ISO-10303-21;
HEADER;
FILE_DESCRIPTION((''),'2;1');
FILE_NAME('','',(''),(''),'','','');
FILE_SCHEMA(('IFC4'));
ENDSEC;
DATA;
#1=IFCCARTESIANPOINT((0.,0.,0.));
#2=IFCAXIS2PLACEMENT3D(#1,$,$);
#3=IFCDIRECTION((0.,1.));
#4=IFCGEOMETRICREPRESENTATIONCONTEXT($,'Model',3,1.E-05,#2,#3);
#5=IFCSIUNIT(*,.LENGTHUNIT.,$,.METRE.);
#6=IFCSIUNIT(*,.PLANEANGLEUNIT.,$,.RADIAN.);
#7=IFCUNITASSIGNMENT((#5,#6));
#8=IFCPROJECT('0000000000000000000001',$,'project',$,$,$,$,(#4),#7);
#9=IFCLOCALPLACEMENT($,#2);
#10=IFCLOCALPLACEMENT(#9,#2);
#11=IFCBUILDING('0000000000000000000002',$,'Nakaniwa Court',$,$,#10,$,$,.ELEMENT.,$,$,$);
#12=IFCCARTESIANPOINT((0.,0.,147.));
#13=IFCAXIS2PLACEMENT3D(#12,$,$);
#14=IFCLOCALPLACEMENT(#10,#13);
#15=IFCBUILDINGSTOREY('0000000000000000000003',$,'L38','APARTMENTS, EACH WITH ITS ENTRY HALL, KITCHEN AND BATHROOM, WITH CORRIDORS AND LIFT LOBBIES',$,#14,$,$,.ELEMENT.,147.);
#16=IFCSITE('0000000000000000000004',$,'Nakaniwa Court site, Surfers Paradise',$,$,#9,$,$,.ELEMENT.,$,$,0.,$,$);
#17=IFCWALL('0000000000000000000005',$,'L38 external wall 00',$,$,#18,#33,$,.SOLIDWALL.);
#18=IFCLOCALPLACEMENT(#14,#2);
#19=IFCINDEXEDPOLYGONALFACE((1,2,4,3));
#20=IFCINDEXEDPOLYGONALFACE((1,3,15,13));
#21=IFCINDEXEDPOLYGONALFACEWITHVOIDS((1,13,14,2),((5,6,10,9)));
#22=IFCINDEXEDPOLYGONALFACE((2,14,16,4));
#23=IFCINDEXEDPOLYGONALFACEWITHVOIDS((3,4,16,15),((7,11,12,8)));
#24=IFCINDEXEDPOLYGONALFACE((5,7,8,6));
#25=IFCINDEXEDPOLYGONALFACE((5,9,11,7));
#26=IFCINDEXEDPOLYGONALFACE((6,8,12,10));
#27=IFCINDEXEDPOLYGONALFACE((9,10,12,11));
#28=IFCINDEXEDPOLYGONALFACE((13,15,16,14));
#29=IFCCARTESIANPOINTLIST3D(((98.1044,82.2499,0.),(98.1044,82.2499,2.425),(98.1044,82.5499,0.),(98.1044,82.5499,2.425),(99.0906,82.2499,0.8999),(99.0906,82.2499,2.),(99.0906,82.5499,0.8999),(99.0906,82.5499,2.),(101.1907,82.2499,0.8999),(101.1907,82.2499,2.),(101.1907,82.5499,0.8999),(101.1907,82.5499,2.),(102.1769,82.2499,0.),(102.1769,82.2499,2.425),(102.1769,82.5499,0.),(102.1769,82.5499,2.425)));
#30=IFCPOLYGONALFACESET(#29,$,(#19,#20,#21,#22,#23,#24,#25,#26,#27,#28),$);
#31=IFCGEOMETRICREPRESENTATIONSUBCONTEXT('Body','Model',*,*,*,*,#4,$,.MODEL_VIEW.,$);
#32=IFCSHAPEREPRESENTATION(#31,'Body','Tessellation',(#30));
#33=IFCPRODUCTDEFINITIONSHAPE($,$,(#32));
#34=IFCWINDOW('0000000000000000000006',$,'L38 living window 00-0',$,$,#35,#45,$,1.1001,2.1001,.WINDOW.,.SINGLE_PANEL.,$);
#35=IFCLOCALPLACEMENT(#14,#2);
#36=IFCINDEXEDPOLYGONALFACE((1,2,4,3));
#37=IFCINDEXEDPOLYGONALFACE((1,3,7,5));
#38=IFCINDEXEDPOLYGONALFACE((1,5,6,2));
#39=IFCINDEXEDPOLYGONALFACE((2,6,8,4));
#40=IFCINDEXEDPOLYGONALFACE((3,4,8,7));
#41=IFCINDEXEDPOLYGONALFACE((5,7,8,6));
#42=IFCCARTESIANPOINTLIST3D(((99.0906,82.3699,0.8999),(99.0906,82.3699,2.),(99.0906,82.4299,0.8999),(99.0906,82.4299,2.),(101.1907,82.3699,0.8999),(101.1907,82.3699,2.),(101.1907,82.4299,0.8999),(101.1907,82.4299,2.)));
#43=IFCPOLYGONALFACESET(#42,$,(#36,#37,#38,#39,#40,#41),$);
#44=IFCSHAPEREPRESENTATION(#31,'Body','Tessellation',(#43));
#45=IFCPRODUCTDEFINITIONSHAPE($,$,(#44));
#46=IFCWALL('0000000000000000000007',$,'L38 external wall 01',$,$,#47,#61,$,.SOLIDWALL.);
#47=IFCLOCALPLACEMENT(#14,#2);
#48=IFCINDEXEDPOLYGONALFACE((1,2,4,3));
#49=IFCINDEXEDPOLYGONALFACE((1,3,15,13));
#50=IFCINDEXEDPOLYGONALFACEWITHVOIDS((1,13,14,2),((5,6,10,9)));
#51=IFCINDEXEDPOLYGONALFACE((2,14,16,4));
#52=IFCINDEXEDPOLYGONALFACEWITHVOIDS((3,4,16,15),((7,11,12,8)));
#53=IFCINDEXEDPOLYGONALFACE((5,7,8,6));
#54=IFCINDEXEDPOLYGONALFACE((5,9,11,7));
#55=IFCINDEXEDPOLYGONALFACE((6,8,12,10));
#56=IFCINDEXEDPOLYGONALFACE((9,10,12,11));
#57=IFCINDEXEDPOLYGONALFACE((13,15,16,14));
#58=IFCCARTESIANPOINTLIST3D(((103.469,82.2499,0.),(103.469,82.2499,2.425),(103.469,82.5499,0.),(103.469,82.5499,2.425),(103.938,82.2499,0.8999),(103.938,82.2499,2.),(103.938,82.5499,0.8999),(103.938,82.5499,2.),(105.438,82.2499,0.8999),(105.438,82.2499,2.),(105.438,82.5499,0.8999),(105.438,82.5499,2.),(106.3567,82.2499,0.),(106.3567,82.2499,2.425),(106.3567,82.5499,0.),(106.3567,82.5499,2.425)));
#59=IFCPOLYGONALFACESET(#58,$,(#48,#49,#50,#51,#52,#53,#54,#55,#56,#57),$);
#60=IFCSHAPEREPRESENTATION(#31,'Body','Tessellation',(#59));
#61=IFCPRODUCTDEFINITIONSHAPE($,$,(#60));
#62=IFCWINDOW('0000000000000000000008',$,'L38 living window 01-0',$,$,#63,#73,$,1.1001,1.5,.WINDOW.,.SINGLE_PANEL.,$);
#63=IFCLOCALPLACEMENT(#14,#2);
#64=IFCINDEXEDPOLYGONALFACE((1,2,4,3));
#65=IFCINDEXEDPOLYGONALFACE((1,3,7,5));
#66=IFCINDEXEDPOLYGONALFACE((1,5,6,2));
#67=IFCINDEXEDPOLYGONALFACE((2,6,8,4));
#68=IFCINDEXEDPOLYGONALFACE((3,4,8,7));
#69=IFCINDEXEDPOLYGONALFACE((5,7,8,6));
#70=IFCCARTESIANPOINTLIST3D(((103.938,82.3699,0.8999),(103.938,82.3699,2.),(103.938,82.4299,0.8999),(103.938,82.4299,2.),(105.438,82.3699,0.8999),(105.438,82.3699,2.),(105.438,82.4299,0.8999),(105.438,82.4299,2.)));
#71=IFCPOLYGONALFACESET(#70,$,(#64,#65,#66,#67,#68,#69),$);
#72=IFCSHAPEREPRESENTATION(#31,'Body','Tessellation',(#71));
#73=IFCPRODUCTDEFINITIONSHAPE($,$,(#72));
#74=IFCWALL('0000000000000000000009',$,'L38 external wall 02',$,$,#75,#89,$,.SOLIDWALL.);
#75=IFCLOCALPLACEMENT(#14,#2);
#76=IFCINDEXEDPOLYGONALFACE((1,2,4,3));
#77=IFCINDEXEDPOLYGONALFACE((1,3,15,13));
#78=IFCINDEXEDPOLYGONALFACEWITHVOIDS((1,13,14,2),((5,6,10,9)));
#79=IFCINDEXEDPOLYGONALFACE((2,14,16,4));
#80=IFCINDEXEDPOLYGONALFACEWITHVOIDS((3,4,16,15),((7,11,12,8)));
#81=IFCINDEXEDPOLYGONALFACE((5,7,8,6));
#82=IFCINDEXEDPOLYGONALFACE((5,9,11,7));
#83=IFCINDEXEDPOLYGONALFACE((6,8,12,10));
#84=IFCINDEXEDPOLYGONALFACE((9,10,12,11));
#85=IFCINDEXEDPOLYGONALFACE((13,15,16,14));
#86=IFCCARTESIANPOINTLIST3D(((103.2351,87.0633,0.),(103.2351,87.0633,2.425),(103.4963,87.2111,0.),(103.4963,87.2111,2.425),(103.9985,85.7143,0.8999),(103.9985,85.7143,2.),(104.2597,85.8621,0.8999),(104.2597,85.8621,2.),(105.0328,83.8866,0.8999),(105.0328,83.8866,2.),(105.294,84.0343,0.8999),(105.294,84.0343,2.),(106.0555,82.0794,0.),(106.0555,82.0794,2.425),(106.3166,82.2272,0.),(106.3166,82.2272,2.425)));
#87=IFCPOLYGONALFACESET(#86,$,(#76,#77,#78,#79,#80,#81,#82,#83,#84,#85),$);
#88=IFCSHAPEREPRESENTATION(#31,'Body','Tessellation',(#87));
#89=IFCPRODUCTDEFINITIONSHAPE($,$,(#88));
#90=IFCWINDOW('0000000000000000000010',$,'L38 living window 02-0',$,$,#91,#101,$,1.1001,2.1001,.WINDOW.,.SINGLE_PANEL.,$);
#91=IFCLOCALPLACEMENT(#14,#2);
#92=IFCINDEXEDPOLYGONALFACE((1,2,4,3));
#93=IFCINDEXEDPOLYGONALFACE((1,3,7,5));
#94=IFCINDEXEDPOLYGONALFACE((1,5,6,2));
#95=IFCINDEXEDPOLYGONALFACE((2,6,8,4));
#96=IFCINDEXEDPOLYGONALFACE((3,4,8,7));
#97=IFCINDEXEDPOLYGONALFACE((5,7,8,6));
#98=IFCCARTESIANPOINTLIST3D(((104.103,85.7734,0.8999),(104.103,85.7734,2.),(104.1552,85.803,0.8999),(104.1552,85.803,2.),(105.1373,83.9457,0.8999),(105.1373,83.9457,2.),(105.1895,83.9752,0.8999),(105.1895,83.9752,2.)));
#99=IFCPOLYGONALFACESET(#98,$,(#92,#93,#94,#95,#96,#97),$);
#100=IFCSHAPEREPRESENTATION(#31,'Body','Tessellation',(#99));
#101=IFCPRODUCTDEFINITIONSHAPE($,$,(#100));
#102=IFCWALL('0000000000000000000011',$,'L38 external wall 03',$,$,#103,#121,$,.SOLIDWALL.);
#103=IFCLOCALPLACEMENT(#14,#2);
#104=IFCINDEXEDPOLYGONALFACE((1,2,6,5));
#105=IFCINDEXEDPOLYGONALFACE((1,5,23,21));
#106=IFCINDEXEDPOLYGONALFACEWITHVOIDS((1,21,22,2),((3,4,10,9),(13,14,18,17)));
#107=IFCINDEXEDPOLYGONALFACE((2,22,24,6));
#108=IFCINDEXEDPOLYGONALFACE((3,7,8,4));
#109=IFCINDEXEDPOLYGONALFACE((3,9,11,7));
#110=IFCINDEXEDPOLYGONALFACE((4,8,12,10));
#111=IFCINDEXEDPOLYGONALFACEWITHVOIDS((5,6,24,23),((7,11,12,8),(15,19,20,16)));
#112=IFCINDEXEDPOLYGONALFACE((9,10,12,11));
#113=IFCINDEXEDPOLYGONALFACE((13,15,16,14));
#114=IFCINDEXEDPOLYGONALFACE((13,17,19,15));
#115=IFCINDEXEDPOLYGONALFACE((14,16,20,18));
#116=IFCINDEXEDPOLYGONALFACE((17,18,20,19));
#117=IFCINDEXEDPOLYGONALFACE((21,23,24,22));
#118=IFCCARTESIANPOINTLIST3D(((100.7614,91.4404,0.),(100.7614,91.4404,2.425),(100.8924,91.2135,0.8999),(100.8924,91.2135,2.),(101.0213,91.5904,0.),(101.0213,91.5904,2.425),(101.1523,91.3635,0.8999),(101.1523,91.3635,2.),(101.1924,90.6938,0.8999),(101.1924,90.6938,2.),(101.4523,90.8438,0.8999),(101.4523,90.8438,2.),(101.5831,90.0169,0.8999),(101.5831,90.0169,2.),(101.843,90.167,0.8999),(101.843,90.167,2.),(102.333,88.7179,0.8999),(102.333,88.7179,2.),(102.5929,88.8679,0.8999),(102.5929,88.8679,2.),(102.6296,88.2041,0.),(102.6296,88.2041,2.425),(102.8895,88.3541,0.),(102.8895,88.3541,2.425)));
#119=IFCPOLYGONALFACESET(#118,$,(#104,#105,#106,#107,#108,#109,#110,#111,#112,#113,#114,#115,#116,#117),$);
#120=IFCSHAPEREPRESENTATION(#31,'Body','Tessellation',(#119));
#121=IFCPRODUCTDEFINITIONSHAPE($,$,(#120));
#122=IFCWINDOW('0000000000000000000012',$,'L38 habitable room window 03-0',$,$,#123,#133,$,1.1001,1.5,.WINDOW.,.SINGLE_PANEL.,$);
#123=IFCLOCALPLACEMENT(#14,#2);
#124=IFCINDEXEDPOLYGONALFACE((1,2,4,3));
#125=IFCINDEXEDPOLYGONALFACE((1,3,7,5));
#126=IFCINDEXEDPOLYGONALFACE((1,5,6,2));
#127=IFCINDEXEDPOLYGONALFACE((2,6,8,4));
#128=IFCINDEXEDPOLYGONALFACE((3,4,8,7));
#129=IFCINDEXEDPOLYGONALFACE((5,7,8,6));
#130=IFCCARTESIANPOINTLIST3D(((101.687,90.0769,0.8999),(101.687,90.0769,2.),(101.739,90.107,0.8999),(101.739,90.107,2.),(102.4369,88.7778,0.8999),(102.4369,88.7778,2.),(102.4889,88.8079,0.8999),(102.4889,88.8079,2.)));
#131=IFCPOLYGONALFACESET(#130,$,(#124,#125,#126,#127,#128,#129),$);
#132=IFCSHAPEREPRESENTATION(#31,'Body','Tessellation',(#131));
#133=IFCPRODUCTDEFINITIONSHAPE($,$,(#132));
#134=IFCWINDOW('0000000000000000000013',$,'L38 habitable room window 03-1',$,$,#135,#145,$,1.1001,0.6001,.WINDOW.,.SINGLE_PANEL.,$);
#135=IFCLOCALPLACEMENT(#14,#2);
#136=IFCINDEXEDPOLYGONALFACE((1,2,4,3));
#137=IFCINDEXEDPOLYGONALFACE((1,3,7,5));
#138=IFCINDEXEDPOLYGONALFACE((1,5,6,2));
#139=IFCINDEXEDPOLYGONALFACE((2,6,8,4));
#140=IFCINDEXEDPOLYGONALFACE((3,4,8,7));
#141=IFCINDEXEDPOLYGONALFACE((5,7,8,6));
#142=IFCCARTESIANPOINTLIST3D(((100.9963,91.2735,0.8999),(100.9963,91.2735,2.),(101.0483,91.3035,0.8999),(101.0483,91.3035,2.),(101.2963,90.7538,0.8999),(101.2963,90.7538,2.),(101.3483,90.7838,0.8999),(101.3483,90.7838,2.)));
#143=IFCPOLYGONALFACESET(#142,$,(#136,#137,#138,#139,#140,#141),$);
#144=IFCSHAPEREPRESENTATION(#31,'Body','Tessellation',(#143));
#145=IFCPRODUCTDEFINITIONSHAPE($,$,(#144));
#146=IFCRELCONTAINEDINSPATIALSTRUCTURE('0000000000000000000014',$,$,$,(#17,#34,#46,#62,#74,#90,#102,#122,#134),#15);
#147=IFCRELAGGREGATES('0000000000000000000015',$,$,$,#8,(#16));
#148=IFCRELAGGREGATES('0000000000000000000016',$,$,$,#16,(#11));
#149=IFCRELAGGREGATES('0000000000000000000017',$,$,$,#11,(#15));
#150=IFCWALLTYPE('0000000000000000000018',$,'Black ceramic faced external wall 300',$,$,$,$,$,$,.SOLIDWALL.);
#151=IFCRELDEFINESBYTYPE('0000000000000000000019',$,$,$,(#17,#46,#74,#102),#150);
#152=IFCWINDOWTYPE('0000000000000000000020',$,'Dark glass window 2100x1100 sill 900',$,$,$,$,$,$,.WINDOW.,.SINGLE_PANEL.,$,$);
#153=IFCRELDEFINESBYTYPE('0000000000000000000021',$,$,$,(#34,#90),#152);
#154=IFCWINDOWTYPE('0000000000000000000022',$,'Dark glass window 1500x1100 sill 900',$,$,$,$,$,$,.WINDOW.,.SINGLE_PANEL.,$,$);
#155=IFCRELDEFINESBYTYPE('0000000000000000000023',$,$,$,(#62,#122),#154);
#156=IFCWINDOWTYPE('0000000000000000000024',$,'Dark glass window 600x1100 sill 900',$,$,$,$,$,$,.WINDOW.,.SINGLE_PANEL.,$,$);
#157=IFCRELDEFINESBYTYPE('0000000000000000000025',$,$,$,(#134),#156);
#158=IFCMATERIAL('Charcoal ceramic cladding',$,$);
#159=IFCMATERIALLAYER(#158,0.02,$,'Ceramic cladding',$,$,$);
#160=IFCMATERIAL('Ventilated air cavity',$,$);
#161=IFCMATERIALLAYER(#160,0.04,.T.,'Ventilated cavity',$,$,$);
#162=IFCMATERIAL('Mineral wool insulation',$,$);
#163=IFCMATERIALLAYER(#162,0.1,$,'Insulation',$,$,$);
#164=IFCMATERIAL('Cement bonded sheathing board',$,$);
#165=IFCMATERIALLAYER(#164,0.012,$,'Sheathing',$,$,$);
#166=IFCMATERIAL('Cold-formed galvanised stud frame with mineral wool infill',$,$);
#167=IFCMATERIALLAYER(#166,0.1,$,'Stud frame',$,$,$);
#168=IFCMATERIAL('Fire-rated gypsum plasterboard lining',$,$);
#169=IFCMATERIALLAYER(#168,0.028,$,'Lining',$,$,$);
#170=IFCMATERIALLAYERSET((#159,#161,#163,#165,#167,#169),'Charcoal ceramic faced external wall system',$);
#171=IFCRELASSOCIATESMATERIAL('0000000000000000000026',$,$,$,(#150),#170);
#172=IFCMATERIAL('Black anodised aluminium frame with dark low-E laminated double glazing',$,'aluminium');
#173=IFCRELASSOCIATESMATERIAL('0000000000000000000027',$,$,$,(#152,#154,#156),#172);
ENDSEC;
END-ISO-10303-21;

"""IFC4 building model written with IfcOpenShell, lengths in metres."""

from ifc_helpers import new_model, si_unit, direction, frame, frame_2d, origin, place, context, subcontext, project, spatial, rectangle, extrude, material, layer, layer_set, type_object, element, fill, save


model = new_model("IFC4")

# Units and contexts
model_context = context("Model", 3, precision=1e-05, world=origin(), true_north=direction((0.0, 1.0)))
body_context = subcontext(model_context, "Body", "Model", "MODEL_VIEW")
ifc_project = project(units=[si_unit("LENGTHUNIT", "METRE"), si_unit("PLANEANGLEUNIT", "RADIAN")], contexts=[model_context])

# Site, building, storey
site_placement = place(None, origin())
site = spatial("IfcSite", under=ifc_project, at=site_placement, Name="Nakaniwa Court site, Surfers Paradise", CompositionType="ELEMENT", RefElevation=0.0)
building_placement = place(site_placement, origin())
building = spatial("IfcBuilding", under=site, at=building_placement, Name="Nakaniwa Court", CompositionType="ELEMENT")
storey_placement = place(building_placement, frame((0.0, 0.0, 147.0)))
storey = spatial("IfcBuildingStorey", under=building, at=storey_placement, Name="L38", Description="APARTMENTS, EACH WITH ITS ENTRY HALL, KITCHEN AND BATHROOM, WITH CORRIDORS AND LIFT LOBBIES", CompositionType="ELEMENT", Elevation=147.0)

# Walls, openings, windows
ifc_material_1 = material(Name="Charcoal ceramic cladding")
ifc_layer_1 = layer(ifc_material_1, 0.02, Name="Ceramic cladding")
ifc_material_2 = material(Name="Ventilated air cavity")
ifc_layer_2 = layer(ifc_material_2, 0.04, ventilated=True, Name="Ventilated cavity")
ifc_material_3 = material(Name="Mineral wool insulation")
ifc_layer_3 = layer(ifc_material_3, 0.1, Name="Insulation")
ifc_material_4 = material(Name="Cement bonded sheathing board")
ifc_layer_4 = layer(ifc_material_4, 0.012, Name="Sheathing")
ifc_material_5 = material(Name="Cold-formed galvanised stud frame with mineral wool infill")
ifc_layer_5 = layer(ifc_material_5, 0.1, Name="Stud frame")
ifc_material_6 = material(Name="Fire-rated gypsum plasterboard lining")
ifc_layer_6 = layer(ifc_material_6, 0.028, Name="Lining")
ifc_layer_set_1 = layer_set([ifc_layer_1, ifc_layer_2, ifc_layer_3, ifc_layer_4, ifc_layer_5, ifc_layer_6], Name="Charcoal ceramic faced external wall system")
wall_type_1 = type_object("IfcWallType", Name="Black ceramic faced external wall 300", PredefinedType="SOLIDWALL", material=ifc_layer_set_1)
wall_1_placement = place(storey_placement, frame((98.1045, 82.3999, 0.0), z_axis=(0.0, 0.0, 1.0), x_axis=(1.0, 0.0, 0.0)))
wall_1 = element("IfcWall", 1, at=wall_1_placement, inside=storey, type_object=wall_type_1, Name="L38 external wall 00", PredefinedType="SOLIDWALL", context=body_context, shape_type="SweptSolid", body=[
    extrude(rectangle(XDim=4.0725, YDim=0.3, at=frame_2d((2.0361, 0.0))), origin(), (0.0, 0.0, 1.0), 2.425),
])
opening_1_placement = place(wall_1_placement, frame((0.9861, 0.0, 0.8999)))
opening_1 = element("IfcOpeningElement", 2, at=opening_1_placement, cuts=wall_1, PredefinedType="OPENING", context=body_context, shape_type="SweptSolid", body=[
    extrude(rectangle(XDim=2.1001, YDim=1.1001, at=frame_2d((1.05, 0.55))), frame((0.0, 0.1599, 0.0), z_axis=(0.0, -1.0, 0.0), x_axis=(1.0, 0.0, 0.0)), (0.0, 0.0, 1.0), 0.3201),
])
ifc_material_7 = material(Name="Black anodised aluminium frame with dark low-E laminated double glazing", Category="aluminium")
window_type_1 = type_object("IfcWindowType", Name="Dark glass window 2100x1100 sill 900", PartitioningType="SINGLE_PANEL", PredefinedType="WINDOW", material=ifc_material_7)
window_1_placement = place(opening_1_placement, origin())
window_1 = element("IfcWindow", 3, at=window_1_placement, inside=storey, type_object=window_type_1, Name="L38 living window 00-0", OverallHeight=1.1001, OverallWidth=2.1001, PartitioningType="SINGLE_PANEL", PredefinedType="WINDOW", context=body_context, shape_type="SweptSolid", body=[
    extrude(rectangle(XDim=2.1001, YDim=1.1001, at=frame_2d((1.05, 0.55))), frame((0.0, 0.03, 0.0), z_axis=(0.0, -1.0, 0.0), x_axis=(1.0, 0.0, 0.0)), (0.0, 0.0, 1.0), 0.0601),
])
fill(opening_1, window_1)
wall_2_placement = place(storey_placement, frame((103.469, 82.3999, 0.0), z_axis=(0.0, 0.0, 1.0), x_axis=(1.0, 0.0, 0.0)))
wall_2 = element("IfcWall", 4, at=wall_2_placement, inside=storey, type_object=wall_type_1, Name="L38 external wall 01", PredefinedType="SOLIDWALL", context=body_context, shape_type="SweptSolid", body=[
    extrude(rectangle(XDim=2.8877, YDim=0.3, at=frame_2d((1.4438, 0.0))), origin(), (0.0, 0.0, 1.0), 2.425),
])
opening_2_placement = place(wall_2_placement, frame((0.469, 0.0, 0.8999)))
opening_2 = element("IfcOpeningElement", 5, at=opening_2_placement, cuts=wall_2, PredefinedType="OPENING", context=body_context, shape_type="SweptSolid", body=[
    extrude(rectangle(XDim=1.5, YDim=1.1001, at=frame_2d((0.75, 0.55))), frame((0.0, 0.1599, 0.0), z_axis=(0.0, -1.0, 0.0), x_axis=(1.0, 0.0, 0.0)), (0.0, 0.0, 1.0), 0.3201),
])
window_type_2 = type_object("IfcWindowType", Name="Dark glass window 1500x1100 sill 900", PartitioningType="SINGLE_PANEL", PredefinedType="WINDOW", material=ifc_material_7)
window_2_placement = place(opening_2_placement, origin())
window_2 = element("IfcWindow", 6, at=window_2_placement, inside=storey, type_object=window_type_2, Name="L38 living window 01-0", OverallHeight=1.1001, OverallWidth=1.5, PartitioningType="SINGLE_PANEL", PredefinedType="WINDOW", context=body_context, shape_type="SweptSolid", body=[
    extrude(rectangle(XDim=1.5, YDim=1.1001, at=frame_2d((0.75, 0.55))), frame((0.0, 0.03, 0.0), z_axis=(0.0, -1.0, 0.0), x_axis=(1.0, 0.0, 0.0)), (0.0, 0.0, 1.0), 0.0601),
])
fill(opening_2, window_2)
wall_3_placement = place(storey_placement, frame((106.186, 82.1533, 0.0), z_axis=(0.0, 0.0, 1.0), x_axis=(-0.492498, 0.870313, 0.0)))
wall_3 = element("IfcWall", 7, at=wall_3_placement, inside=storey, type_object=wall_type_1, Name="L38 external wall 02", PredefinedType="SOLIDWALL", context=body_context, shape_type="SweptSolid", body=[
    extrude(rectangle(XDim=5.7266, YDim=0.3, at=frame_2d((2.8633, 0.0))), origin(), (0.0, 0.0, 1.0), 2.425),
])
opening_3_placement = place(wall_3_placement, frame((2.0764, 0.0, 0.8999)))
opening_3 = element("IfcOpeningElement", 8, at=opening_3_placement, cuts=wall_3, PredefinedType="OPENING", context=body_context, shape_type="SweptSolid", body=[
    extrude(rectangle(XDim=2.1001, YDim=1.1001, at=frame_2d((1.05, 0.55))), frame((0.0, 0.1599, 0.0), z_axis=(0.0, -1.0, 0.0), x_axis=(1.0, 0.0, 0.0)), (0.0, 0.0, 1.0), 0.3201),
])
window_3_placement = place(opening_3_placement, origin())
window_3 = element("IfcWindow", 9, at=window_3_placement, inside=storey, type_object=window_type_1, Name="L38 living window 02-0", OverallHeight=1.1001, OverallWidth=2.1001, PartitioningType="SINGLE_PANEL", PredefinedType="WINDOW", context=body_context, shape_type="SweptSolid", body=[
    extrude(rectangle(XDim=2.1001, YDim=1.1001, at=frame_2d((1.05, 0.55))), frame((0.0, 0.03, 0.0), z_axis=(0.0, -1.0, 0.0), x_axis=(1.0, 0.0, 0.0)), (0.0, 0.0, 1.0), 0.0601),
])
fill(opening_3, window_3)

# Wall, openings, windows
wall_4_placement = place(storey_placement, frame((102.7595, 88.2791, 0.0), z_axis=(0.0, 0.0, 1.0), x_axis=(-0.499934, 0.866064, 0.0)))
wall_4 = element("IfcWall", 10, at=wall_4_placement, inside=storey, type_object=wall_type_1, Name="L38 external wall 03", PredefinedType="SOLIDWALL", context=body_context, shape_type="SweptSolid", body=[
    extrude(rectangle(XDim=3.7368, YDim=0.3, at=frame_2d((1.8684, 0.0))), origin(), (0.0, 0.0, 1.0), 2.425),
])
opening_4_placement = place(wall_4_placement, frame((0.5933, 0.0, 0.8999)))
opening_4 = element("IfcOpeningElement", 11, at=opening_4_placement, cuts=wall_4, PredefinedType="OPENING", context=body_context, shape_type="SweptSolid", body=[
    extrude(rectangle(XDim=1.5, YDim=1.1001, at=frame_2d((0.75, 0.55))), frame((0.0, 0.1599, 0.0), z_axis=(0.0, -1.0, 0.0), x_axis=(1.0, 0.0, 0.0)), (0.0, 0.0, 1.0), 0.3201),
])
opening_5_placement = place(wall_4_placement, frame((2.8748, 0.0, 0.8999)))
opening_5 = element("IfcOpeningElement", 12, at=opening_5_placement, cuts=wall_4, PredefinedType="OPENING", context=body_context, shape_type="SweptSolid", body=[
    extrude(rectangle(XDim=0.6001, YDim=1.1001, at=frame_2d((0.3, 0.55))), frame((0.0, 0.1599, 0.0), z_axis=(0.0, -1.0, 0.0), x_axis=(1.0, 0.0, 0.0)), (0.0, 0.0, 1.0), 0.3201),
])
window_4_placement = place(opening_4_placement, origin())
window_4 = element("IfcWindow", 13, at=window_4_placement, inside=storey, type_object=window_type_2, Name="L38 habitable room window 03-0", OverallHeight=1.1001, OverallWidth=1.5, PartitioningType="SINGLE_PANEL", PredefinedType="WINDOW", context=body_context, shape_type="SweptSolid", body=[
    extrude(rectangle(XDim=1.5, YDim=1.1001, at=frame_2d((0.75, 0.55))), frame((0.0, 0.03, 0.0), z_axis=(0.0, -1.0, 0.0), x_axis=(1.0, 0.0, 0.0)), (0.0, 0.0, 1.0), 0.0601),
])
fill(opening_4, window_4)
window_type_3 = type_object("IfcWindowType", Name="Dark glass window 600x1100 sill 900", PartitioningType="SINGLE_PANEL", PredefinedType="WINDOW", material=ifc_material_7)
window_5_placement = place(opening_5_placement, origin())
window_5 = element("IfcWindow", 14, at=window_5_placement, inside=storey, type_object=window_type_3, Name="L38 habitable room window 03-1", OverallHeight=1.1001, OverallWidth=0.6001, PartitioningType="SINGLE_PANEL", PredefinedType="WINDOW", context=body_context, shape_type="SweptSolid", body=[
    extrude(rectangle(XDim=0.6001, YDim=1.1001, at=frame_2d((0.3, 0.55))), frame((0.0, 0.03, 0.0), z_axis=(0.0, -1.0, 0.0), x_axis=(1.0, 0.0, 0.0)), (0.0, 0.0, 1.0), 0.0601),
])
fill(opening_5, window_5)

save(model, "model.ifc")
